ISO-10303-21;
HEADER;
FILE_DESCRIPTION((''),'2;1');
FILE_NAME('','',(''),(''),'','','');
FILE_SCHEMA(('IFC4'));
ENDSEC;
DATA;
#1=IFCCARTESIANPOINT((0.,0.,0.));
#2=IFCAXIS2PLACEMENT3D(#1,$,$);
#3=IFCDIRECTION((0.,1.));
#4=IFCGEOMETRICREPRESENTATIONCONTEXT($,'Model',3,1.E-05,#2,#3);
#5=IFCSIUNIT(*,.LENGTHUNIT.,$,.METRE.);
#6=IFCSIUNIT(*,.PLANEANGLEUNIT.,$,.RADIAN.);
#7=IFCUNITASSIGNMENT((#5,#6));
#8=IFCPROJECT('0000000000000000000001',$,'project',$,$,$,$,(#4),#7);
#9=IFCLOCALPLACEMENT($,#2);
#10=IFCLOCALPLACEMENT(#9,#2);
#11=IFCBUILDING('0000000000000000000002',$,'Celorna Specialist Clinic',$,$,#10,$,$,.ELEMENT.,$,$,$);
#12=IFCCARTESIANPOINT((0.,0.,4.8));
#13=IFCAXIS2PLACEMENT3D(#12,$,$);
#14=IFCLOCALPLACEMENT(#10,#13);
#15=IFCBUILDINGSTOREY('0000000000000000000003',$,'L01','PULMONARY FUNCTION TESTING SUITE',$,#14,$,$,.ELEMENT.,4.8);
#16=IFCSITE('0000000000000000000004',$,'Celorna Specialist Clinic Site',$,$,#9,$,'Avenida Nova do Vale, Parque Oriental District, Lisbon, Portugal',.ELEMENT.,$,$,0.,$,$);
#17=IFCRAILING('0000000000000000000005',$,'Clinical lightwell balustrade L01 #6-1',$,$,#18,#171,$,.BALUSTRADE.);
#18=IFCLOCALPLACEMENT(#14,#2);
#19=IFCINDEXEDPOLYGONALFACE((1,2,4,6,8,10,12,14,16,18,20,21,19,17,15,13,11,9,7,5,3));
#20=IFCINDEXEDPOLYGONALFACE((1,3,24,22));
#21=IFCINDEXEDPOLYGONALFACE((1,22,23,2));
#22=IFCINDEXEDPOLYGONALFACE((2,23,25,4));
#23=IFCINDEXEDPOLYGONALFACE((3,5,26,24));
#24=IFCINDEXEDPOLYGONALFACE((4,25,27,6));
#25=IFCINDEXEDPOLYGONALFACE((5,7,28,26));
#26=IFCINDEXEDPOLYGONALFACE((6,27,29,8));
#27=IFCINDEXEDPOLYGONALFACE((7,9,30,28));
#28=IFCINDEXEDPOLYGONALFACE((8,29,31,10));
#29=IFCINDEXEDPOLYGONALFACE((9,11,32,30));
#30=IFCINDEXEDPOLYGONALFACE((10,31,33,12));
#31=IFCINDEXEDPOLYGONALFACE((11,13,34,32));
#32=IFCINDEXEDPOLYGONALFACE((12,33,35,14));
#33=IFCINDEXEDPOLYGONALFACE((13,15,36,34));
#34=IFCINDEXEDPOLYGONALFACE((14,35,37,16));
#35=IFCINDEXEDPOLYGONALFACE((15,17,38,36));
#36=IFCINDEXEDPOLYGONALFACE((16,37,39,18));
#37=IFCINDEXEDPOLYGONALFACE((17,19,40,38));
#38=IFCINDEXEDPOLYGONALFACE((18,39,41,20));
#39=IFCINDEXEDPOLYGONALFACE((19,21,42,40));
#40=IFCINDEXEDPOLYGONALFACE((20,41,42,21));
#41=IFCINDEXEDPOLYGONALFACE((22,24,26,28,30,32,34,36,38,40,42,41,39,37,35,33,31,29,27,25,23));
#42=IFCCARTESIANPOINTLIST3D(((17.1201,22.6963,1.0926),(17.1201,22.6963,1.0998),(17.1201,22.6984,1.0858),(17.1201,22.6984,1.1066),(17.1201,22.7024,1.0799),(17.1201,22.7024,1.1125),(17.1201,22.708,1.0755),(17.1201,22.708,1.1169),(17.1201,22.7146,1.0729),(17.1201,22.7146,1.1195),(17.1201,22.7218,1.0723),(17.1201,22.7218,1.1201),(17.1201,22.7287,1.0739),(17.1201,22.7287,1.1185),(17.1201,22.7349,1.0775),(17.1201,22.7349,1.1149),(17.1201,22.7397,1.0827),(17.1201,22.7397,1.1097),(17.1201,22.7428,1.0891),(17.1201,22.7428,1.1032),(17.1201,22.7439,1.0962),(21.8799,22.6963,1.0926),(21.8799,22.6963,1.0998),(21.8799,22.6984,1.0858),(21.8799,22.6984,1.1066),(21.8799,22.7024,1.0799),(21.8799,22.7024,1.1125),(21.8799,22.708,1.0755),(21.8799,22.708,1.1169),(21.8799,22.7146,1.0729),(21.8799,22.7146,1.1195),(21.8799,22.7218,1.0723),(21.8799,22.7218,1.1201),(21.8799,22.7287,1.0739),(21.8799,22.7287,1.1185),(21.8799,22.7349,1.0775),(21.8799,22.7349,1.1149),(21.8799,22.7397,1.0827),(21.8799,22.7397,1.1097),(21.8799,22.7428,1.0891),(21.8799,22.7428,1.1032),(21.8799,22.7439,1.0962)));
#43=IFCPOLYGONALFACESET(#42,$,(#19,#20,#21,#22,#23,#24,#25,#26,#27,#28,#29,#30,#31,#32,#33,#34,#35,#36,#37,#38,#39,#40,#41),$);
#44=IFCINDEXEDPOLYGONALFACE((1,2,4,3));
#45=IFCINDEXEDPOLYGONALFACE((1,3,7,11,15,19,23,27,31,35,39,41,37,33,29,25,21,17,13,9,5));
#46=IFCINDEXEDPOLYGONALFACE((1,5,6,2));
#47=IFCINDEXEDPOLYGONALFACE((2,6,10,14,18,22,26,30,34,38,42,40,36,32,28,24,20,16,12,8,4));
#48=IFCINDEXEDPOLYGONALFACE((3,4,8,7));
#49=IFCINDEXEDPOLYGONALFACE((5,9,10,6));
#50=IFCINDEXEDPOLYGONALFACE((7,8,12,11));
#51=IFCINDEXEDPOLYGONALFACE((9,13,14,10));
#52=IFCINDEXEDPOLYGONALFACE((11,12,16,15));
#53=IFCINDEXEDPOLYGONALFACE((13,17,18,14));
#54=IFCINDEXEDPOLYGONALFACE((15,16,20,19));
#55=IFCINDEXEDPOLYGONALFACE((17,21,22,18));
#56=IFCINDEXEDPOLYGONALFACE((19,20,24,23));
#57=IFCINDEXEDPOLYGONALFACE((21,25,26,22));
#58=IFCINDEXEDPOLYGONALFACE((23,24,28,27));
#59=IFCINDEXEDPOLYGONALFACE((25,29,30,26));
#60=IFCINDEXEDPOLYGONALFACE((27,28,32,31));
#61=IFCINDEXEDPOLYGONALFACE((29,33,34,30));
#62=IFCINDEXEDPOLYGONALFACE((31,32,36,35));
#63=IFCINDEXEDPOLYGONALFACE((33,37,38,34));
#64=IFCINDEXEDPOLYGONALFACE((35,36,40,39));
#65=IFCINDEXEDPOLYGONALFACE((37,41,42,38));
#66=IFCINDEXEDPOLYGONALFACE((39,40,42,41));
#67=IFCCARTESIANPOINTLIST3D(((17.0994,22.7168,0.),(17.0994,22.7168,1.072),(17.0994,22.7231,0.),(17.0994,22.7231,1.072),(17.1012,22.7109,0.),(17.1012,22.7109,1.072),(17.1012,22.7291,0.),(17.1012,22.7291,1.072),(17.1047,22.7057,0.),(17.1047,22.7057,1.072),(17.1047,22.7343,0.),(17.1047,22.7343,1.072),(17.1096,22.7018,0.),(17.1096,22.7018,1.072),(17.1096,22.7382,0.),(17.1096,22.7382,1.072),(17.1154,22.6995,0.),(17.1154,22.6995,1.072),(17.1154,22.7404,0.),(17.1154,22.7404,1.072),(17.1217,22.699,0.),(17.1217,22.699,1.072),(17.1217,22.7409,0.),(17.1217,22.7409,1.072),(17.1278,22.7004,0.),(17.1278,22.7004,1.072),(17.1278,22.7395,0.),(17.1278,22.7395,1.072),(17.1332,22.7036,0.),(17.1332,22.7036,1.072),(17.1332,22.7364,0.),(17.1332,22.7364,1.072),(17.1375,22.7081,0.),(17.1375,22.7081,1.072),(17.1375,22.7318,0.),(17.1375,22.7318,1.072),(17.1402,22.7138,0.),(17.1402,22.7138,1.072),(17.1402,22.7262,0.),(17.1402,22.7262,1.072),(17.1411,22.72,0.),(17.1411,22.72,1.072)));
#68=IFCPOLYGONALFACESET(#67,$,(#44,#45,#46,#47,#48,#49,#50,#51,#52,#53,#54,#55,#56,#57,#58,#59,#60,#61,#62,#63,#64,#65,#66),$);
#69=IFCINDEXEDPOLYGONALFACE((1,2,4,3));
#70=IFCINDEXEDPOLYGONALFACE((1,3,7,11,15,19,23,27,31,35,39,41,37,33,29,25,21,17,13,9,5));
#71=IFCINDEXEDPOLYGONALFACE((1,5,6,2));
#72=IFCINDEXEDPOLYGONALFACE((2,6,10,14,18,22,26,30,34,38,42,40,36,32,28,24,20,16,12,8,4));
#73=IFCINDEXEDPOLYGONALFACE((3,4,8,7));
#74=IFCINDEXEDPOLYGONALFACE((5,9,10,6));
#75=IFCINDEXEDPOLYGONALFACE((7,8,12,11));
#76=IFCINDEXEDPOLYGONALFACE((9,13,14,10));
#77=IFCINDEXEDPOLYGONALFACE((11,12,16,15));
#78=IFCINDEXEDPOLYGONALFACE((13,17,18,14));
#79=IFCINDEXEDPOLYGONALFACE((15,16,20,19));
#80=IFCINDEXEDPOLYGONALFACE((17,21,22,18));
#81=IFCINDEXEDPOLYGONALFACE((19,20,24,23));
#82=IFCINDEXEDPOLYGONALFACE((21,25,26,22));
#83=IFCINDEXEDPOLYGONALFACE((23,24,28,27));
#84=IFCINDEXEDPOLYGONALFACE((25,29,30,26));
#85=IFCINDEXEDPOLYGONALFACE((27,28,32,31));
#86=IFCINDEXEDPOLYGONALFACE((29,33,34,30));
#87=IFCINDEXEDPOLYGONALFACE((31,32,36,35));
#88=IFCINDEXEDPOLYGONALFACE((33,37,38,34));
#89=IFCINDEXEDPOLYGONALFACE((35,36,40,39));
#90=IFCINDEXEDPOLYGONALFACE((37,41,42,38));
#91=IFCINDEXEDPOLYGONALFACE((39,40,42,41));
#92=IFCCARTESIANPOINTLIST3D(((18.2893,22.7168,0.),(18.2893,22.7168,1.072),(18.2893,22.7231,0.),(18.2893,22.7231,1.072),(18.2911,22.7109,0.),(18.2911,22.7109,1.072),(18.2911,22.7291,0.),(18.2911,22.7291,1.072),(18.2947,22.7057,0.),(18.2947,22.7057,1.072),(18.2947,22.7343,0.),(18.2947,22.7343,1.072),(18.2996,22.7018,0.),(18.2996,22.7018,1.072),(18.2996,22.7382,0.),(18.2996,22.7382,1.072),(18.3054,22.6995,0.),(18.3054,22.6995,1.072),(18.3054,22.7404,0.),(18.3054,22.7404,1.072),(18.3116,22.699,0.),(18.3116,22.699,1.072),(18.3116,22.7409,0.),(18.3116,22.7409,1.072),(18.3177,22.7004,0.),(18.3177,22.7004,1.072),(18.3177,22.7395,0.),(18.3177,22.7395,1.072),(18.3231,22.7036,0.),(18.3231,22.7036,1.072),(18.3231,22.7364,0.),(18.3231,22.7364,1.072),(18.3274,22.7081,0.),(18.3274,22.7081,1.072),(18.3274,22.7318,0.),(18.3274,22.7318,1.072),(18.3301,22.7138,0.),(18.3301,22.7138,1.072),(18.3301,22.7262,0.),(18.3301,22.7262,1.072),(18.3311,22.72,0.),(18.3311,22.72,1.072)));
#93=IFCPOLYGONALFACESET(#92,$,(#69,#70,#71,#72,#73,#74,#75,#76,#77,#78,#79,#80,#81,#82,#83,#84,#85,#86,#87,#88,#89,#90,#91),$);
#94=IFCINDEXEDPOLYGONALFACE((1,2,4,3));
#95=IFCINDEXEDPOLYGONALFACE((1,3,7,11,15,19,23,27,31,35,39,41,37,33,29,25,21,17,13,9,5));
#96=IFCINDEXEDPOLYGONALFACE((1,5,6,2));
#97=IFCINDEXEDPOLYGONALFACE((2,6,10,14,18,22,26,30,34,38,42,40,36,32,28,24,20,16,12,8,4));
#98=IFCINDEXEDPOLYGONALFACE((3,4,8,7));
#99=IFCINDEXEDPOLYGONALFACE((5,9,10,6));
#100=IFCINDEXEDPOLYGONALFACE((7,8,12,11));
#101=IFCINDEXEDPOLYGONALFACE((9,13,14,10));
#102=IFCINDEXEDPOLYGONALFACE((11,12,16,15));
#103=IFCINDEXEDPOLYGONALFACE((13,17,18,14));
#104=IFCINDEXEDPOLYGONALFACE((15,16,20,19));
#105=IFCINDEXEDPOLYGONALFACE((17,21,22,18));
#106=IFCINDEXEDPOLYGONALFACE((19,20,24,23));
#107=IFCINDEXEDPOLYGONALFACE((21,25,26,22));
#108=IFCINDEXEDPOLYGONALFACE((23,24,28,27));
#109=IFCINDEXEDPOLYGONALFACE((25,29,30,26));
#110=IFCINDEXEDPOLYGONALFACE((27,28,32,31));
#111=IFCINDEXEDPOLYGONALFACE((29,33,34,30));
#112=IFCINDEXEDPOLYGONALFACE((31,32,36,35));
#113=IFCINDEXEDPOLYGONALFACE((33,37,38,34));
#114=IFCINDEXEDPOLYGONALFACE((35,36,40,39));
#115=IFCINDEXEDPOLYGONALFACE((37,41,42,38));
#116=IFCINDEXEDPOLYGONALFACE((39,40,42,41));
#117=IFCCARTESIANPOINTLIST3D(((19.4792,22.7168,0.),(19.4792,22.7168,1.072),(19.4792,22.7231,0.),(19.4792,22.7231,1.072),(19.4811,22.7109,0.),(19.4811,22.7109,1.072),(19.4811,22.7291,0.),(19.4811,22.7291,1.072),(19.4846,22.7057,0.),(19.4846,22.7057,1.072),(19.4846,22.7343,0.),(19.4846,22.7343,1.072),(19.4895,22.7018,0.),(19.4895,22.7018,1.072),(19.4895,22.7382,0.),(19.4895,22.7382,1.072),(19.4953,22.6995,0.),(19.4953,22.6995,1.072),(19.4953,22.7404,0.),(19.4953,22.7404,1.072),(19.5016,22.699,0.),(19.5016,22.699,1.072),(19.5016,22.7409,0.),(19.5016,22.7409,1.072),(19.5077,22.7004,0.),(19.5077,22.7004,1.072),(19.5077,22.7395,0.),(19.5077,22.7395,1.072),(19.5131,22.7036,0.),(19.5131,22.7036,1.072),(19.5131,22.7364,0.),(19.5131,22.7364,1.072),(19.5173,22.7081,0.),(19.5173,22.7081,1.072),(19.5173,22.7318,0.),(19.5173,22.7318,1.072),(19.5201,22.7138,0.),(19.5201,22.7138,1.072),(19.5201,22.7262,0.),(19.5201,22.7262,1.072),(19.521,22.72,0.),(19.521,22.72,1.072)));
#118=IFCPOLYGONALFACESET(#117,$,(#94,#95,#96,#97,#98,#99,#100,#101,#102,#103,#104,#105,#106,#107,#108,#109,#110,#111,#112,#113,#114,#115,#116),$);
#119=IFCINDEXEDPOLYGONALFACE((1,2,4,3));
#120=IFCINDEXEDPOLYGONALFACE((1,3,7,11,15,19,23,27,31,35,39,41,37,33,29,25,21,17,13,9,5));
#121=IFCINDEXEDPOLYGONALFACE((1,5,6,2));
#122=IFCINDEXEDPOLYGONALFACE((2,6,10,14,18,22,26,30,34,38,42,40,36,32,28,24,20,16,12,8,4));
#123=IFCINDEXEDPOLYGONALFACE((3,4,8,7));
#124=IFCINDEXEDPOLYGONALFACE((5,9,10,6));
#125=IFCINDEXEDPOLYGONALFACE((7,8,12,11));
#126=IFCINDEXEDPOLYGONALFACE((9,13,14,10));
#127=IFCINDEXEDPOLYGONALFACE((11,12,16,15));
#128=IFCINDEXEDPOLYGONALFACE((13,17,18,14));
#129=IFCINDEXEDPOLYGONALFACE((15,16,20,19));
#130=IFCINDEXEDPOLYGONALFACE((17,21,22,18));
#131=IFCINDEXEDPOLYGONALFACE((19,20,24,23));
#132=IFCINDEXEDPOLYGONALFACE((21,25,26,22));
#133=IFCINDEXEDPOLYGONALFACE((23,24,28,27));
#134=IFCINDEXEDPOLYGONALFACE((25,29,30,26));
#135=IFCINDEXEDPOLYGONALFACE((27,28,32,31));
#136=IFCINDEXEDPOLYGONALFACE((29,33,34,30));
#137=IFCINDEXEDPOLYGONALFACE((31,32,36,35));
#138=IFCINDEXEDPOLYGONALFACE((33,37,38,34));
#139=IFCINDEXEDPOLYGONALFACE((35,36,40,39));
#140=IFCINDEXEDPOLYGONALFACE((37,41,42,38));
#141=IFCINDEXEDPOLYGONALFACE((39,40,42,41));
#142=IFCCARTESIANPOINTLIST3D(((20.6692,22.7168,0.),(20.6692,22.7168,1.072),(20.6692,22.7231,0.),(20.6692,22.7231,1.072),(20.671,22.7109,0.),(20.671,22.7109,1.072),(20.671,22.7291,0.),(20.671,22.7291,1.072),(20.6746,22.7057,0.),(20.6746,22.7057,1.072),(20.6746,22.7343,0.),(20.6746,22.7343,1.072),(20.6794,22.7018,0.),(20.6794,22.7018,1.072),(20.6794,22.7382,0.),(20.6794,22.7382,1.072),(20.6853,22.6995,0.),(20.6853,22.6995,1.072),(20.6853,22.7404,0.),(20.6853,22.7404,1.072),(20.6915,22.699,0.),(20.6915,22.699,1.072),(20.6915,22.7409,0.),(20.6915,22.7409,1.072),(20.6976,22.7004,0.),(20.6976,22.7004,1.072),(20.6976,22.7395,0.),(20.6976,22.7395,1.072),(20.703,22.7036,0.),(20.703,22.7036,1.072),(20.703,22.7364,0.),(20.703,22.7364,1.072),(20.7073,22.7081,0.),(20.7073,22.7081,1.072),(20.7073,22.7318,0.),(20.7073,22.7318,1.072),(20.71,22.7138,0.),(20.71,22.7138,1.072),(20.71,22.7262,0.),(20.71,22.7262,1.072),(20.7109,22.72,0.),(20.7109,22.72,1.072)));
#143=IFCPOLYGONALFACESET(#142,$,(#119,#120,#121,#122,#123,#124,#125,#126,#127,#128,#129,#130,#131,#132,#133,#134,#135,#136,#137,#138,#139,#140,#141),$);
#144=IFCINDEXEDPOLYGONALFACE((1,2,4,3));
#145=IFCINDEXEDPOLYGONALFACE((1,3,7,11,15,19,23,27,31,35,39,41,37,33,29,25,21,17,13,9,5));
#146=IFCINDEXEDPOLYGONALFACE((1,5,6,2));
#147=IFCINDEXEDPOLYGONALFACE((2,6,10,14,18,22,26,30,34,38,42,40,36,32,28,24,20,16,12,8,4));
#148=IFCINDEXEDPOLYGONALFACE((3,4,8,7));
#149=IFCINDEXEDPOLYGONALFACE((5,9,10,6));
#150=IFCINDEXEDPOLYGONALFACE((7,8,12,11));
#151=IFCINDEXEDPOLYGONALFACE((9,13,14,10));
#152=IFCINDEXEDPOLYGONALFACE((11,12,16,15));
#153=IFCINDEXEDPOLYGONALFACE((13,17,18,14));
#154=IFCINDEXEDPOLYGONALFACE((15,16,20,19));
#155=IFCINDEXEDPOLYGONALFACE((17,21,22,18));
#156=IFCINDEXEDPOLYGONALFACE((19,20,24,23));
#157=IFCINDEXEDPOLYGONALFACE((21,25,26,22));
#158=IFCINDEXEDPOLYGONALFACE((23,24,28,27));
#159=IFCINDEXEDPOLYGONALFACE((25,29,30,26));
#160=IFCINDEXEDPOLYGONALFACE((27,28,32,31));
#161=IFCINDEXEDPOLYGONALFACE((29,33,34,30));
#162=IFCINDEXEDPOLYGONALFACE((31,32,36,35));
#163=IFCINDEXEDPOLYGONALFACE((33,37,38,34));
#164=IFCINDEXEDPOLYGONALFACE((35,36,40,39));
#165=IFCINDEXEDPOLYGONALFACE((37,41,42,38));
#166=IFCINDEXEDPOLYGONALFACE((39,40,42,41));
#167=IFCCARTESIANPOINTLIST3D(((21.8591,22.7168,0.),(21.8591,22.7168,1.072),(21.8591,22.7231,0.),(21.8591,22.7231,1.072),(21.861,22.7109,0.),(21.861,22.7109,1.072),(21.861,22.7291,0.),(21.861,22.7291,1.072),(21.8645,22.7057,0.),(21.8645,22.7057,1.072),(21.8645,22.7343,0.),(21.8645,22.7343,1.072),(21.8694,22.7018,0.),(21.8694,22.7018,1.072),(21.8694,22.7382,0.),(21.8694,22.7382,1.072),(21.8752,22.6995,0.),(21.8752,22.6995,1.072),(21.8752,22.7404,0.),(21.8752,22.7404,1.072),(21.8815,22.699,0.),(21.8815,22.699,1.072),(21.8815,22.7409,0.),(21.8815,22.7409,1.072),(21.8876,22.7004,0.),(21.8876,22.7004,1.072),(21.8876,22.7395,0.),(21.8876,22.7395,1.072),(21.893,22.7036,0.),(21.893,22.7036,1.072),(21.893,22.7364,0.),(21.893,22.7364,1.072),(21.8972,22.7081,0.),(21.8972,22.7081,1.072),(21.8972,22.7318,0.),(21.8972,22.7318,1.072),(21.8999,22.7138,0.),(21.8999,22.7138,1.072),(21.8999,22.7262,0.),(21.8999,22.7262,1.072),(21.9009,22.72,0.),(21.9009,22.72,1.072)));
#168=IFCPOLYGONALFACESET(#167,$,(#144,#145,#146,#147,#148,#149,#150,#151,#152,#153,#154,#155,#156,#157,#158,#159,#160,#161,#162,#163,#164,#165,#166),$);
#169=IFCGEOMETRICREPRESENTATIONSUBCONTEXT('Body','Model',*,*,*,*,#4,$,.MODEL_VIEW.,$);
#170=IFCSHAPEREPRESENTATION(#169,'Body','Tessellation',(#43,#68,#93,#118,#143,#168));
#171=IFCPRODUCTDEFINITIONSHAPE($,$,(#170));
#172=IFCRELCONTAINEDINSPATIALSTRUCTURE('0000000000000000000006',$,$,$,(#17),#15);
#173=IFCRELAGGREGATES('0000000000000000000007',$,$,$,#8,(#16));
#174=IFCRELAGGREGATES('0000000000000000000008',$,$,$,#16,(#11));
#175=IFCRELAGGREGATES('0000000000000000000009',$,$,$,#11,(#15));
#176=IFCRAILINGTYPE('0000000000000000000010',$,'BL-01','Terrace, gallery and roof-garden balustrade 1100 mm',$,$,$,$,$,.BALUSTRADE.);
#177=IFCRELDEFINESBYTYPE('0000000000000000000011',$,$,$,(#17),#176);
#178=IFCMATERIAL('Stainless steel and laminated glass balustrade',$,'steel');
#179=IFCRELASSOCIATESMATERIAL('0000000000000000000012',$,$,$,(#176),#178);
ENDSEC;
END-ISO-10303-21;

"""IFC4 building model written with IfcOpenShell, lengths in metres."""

from ifc_helpers import new_model, si_unit, direction, frame, origin, origin_2d, place, context, subcontext, project, spatial, circle, extrude, material, type_object, element, save


model = new_model("IFC4")

# Units and contexts
model_context = context("Model", 3, precision=1e-05, world=origin(), true_north=direction((0.0, 1.0)))
body_context = subcontext(model_context, "Body", "Model", "MODEL_VIEW")
ifc_project = project(units=[si_unit("LENGTHUNIT", "METRE"), si_unit("PLANEANGLEUNIT", "RADIAN")], contexts=[model_context])

# Site, building, storey
site_placement = place(None, origin())
site = spatial("IfcSite", under=ifc_project, at=site_placement, Name="Celorna Specialist Clinic Site", LongName="Avenida Nova do Vale, Parque Oriental District, Lisbon, Portugal", CompositionType="ELEMENT", RefElevation=0.0)
building_placement = place(site_placement, origin())
building = spatial("IfcBuilding", under=site, at=building_placement, Name="Celorna Specialist Clinic", CompositionType="ELEMENT")
storey_placement = place(building_placement, frame((0.0, 0.0, 4.8)))
storey = spatial("IfcBuildingStorey", under=building, at=storey_placement, Name="L01", Description="PULMONARY FUNCTION TESTING SUITE", CompositionType="ELEMENT", Elevation=4.8)

# Railing
ifc_material_1 = material(Name="Stainless steel and laminated glass balustrade", Category="steel")
railing_type = type_object("IfcRailingType", Name="BL-01", Description="Terrace, gallery and roof-garden balustrade 1100 mm", PredefinedType="BALUSTRADE", material=ifc_material_1)
railing_1_placement = place(storey_placement, frame((17.1201, 22.72, 0.0)))
element("IfcRailing", 1, at=railing_1_placement, inside=storey, type_object=railing_type, Name="Clinical lightwell balustrade L01 #6-1", PredefinedType="BALUSTRADE", context=body_context, shape_type="SweptSolid", body=[
    extrude(circle(Radius=0.0239, at=origin_2d()), frame((0.0, 0.0, 1.0962), z_axis=(1.0, 0.0, 0.0), x_axis=(0.0, 1.0, 0.0)), (0.0, 0.0, 1.0), 4.7598),
    extrude(circle(Radius=0.021, at=origin_2d()), origin(), (0.0, 0.0, 1.0), 1.072),
    extrude(circle(Radius=0.021, at=origin_2d()), frame((1.1899, 0.0, 0.0)), (0.0, 0.0, 1.0), 1.072),
    extrude(circle(Radius=0.021, at=origin_2d()), frame((2.3799, 0.0, 0.0)), (0.0, 0.0, 1.0), 1.072),
    extrude(circle(Radius=0.021, at=origin_2d()), frame((3.5698, 0.0, 0.0)), (0.0, 0.0, 1.0), 1.072),
    extrude(circle(Radius=0.021, at=origin_2d()), frame((4.7598, 0.0, 0.0)), (0.0, 0.0, 1.0), 1.072),
])

save(model, "model.ifc")
